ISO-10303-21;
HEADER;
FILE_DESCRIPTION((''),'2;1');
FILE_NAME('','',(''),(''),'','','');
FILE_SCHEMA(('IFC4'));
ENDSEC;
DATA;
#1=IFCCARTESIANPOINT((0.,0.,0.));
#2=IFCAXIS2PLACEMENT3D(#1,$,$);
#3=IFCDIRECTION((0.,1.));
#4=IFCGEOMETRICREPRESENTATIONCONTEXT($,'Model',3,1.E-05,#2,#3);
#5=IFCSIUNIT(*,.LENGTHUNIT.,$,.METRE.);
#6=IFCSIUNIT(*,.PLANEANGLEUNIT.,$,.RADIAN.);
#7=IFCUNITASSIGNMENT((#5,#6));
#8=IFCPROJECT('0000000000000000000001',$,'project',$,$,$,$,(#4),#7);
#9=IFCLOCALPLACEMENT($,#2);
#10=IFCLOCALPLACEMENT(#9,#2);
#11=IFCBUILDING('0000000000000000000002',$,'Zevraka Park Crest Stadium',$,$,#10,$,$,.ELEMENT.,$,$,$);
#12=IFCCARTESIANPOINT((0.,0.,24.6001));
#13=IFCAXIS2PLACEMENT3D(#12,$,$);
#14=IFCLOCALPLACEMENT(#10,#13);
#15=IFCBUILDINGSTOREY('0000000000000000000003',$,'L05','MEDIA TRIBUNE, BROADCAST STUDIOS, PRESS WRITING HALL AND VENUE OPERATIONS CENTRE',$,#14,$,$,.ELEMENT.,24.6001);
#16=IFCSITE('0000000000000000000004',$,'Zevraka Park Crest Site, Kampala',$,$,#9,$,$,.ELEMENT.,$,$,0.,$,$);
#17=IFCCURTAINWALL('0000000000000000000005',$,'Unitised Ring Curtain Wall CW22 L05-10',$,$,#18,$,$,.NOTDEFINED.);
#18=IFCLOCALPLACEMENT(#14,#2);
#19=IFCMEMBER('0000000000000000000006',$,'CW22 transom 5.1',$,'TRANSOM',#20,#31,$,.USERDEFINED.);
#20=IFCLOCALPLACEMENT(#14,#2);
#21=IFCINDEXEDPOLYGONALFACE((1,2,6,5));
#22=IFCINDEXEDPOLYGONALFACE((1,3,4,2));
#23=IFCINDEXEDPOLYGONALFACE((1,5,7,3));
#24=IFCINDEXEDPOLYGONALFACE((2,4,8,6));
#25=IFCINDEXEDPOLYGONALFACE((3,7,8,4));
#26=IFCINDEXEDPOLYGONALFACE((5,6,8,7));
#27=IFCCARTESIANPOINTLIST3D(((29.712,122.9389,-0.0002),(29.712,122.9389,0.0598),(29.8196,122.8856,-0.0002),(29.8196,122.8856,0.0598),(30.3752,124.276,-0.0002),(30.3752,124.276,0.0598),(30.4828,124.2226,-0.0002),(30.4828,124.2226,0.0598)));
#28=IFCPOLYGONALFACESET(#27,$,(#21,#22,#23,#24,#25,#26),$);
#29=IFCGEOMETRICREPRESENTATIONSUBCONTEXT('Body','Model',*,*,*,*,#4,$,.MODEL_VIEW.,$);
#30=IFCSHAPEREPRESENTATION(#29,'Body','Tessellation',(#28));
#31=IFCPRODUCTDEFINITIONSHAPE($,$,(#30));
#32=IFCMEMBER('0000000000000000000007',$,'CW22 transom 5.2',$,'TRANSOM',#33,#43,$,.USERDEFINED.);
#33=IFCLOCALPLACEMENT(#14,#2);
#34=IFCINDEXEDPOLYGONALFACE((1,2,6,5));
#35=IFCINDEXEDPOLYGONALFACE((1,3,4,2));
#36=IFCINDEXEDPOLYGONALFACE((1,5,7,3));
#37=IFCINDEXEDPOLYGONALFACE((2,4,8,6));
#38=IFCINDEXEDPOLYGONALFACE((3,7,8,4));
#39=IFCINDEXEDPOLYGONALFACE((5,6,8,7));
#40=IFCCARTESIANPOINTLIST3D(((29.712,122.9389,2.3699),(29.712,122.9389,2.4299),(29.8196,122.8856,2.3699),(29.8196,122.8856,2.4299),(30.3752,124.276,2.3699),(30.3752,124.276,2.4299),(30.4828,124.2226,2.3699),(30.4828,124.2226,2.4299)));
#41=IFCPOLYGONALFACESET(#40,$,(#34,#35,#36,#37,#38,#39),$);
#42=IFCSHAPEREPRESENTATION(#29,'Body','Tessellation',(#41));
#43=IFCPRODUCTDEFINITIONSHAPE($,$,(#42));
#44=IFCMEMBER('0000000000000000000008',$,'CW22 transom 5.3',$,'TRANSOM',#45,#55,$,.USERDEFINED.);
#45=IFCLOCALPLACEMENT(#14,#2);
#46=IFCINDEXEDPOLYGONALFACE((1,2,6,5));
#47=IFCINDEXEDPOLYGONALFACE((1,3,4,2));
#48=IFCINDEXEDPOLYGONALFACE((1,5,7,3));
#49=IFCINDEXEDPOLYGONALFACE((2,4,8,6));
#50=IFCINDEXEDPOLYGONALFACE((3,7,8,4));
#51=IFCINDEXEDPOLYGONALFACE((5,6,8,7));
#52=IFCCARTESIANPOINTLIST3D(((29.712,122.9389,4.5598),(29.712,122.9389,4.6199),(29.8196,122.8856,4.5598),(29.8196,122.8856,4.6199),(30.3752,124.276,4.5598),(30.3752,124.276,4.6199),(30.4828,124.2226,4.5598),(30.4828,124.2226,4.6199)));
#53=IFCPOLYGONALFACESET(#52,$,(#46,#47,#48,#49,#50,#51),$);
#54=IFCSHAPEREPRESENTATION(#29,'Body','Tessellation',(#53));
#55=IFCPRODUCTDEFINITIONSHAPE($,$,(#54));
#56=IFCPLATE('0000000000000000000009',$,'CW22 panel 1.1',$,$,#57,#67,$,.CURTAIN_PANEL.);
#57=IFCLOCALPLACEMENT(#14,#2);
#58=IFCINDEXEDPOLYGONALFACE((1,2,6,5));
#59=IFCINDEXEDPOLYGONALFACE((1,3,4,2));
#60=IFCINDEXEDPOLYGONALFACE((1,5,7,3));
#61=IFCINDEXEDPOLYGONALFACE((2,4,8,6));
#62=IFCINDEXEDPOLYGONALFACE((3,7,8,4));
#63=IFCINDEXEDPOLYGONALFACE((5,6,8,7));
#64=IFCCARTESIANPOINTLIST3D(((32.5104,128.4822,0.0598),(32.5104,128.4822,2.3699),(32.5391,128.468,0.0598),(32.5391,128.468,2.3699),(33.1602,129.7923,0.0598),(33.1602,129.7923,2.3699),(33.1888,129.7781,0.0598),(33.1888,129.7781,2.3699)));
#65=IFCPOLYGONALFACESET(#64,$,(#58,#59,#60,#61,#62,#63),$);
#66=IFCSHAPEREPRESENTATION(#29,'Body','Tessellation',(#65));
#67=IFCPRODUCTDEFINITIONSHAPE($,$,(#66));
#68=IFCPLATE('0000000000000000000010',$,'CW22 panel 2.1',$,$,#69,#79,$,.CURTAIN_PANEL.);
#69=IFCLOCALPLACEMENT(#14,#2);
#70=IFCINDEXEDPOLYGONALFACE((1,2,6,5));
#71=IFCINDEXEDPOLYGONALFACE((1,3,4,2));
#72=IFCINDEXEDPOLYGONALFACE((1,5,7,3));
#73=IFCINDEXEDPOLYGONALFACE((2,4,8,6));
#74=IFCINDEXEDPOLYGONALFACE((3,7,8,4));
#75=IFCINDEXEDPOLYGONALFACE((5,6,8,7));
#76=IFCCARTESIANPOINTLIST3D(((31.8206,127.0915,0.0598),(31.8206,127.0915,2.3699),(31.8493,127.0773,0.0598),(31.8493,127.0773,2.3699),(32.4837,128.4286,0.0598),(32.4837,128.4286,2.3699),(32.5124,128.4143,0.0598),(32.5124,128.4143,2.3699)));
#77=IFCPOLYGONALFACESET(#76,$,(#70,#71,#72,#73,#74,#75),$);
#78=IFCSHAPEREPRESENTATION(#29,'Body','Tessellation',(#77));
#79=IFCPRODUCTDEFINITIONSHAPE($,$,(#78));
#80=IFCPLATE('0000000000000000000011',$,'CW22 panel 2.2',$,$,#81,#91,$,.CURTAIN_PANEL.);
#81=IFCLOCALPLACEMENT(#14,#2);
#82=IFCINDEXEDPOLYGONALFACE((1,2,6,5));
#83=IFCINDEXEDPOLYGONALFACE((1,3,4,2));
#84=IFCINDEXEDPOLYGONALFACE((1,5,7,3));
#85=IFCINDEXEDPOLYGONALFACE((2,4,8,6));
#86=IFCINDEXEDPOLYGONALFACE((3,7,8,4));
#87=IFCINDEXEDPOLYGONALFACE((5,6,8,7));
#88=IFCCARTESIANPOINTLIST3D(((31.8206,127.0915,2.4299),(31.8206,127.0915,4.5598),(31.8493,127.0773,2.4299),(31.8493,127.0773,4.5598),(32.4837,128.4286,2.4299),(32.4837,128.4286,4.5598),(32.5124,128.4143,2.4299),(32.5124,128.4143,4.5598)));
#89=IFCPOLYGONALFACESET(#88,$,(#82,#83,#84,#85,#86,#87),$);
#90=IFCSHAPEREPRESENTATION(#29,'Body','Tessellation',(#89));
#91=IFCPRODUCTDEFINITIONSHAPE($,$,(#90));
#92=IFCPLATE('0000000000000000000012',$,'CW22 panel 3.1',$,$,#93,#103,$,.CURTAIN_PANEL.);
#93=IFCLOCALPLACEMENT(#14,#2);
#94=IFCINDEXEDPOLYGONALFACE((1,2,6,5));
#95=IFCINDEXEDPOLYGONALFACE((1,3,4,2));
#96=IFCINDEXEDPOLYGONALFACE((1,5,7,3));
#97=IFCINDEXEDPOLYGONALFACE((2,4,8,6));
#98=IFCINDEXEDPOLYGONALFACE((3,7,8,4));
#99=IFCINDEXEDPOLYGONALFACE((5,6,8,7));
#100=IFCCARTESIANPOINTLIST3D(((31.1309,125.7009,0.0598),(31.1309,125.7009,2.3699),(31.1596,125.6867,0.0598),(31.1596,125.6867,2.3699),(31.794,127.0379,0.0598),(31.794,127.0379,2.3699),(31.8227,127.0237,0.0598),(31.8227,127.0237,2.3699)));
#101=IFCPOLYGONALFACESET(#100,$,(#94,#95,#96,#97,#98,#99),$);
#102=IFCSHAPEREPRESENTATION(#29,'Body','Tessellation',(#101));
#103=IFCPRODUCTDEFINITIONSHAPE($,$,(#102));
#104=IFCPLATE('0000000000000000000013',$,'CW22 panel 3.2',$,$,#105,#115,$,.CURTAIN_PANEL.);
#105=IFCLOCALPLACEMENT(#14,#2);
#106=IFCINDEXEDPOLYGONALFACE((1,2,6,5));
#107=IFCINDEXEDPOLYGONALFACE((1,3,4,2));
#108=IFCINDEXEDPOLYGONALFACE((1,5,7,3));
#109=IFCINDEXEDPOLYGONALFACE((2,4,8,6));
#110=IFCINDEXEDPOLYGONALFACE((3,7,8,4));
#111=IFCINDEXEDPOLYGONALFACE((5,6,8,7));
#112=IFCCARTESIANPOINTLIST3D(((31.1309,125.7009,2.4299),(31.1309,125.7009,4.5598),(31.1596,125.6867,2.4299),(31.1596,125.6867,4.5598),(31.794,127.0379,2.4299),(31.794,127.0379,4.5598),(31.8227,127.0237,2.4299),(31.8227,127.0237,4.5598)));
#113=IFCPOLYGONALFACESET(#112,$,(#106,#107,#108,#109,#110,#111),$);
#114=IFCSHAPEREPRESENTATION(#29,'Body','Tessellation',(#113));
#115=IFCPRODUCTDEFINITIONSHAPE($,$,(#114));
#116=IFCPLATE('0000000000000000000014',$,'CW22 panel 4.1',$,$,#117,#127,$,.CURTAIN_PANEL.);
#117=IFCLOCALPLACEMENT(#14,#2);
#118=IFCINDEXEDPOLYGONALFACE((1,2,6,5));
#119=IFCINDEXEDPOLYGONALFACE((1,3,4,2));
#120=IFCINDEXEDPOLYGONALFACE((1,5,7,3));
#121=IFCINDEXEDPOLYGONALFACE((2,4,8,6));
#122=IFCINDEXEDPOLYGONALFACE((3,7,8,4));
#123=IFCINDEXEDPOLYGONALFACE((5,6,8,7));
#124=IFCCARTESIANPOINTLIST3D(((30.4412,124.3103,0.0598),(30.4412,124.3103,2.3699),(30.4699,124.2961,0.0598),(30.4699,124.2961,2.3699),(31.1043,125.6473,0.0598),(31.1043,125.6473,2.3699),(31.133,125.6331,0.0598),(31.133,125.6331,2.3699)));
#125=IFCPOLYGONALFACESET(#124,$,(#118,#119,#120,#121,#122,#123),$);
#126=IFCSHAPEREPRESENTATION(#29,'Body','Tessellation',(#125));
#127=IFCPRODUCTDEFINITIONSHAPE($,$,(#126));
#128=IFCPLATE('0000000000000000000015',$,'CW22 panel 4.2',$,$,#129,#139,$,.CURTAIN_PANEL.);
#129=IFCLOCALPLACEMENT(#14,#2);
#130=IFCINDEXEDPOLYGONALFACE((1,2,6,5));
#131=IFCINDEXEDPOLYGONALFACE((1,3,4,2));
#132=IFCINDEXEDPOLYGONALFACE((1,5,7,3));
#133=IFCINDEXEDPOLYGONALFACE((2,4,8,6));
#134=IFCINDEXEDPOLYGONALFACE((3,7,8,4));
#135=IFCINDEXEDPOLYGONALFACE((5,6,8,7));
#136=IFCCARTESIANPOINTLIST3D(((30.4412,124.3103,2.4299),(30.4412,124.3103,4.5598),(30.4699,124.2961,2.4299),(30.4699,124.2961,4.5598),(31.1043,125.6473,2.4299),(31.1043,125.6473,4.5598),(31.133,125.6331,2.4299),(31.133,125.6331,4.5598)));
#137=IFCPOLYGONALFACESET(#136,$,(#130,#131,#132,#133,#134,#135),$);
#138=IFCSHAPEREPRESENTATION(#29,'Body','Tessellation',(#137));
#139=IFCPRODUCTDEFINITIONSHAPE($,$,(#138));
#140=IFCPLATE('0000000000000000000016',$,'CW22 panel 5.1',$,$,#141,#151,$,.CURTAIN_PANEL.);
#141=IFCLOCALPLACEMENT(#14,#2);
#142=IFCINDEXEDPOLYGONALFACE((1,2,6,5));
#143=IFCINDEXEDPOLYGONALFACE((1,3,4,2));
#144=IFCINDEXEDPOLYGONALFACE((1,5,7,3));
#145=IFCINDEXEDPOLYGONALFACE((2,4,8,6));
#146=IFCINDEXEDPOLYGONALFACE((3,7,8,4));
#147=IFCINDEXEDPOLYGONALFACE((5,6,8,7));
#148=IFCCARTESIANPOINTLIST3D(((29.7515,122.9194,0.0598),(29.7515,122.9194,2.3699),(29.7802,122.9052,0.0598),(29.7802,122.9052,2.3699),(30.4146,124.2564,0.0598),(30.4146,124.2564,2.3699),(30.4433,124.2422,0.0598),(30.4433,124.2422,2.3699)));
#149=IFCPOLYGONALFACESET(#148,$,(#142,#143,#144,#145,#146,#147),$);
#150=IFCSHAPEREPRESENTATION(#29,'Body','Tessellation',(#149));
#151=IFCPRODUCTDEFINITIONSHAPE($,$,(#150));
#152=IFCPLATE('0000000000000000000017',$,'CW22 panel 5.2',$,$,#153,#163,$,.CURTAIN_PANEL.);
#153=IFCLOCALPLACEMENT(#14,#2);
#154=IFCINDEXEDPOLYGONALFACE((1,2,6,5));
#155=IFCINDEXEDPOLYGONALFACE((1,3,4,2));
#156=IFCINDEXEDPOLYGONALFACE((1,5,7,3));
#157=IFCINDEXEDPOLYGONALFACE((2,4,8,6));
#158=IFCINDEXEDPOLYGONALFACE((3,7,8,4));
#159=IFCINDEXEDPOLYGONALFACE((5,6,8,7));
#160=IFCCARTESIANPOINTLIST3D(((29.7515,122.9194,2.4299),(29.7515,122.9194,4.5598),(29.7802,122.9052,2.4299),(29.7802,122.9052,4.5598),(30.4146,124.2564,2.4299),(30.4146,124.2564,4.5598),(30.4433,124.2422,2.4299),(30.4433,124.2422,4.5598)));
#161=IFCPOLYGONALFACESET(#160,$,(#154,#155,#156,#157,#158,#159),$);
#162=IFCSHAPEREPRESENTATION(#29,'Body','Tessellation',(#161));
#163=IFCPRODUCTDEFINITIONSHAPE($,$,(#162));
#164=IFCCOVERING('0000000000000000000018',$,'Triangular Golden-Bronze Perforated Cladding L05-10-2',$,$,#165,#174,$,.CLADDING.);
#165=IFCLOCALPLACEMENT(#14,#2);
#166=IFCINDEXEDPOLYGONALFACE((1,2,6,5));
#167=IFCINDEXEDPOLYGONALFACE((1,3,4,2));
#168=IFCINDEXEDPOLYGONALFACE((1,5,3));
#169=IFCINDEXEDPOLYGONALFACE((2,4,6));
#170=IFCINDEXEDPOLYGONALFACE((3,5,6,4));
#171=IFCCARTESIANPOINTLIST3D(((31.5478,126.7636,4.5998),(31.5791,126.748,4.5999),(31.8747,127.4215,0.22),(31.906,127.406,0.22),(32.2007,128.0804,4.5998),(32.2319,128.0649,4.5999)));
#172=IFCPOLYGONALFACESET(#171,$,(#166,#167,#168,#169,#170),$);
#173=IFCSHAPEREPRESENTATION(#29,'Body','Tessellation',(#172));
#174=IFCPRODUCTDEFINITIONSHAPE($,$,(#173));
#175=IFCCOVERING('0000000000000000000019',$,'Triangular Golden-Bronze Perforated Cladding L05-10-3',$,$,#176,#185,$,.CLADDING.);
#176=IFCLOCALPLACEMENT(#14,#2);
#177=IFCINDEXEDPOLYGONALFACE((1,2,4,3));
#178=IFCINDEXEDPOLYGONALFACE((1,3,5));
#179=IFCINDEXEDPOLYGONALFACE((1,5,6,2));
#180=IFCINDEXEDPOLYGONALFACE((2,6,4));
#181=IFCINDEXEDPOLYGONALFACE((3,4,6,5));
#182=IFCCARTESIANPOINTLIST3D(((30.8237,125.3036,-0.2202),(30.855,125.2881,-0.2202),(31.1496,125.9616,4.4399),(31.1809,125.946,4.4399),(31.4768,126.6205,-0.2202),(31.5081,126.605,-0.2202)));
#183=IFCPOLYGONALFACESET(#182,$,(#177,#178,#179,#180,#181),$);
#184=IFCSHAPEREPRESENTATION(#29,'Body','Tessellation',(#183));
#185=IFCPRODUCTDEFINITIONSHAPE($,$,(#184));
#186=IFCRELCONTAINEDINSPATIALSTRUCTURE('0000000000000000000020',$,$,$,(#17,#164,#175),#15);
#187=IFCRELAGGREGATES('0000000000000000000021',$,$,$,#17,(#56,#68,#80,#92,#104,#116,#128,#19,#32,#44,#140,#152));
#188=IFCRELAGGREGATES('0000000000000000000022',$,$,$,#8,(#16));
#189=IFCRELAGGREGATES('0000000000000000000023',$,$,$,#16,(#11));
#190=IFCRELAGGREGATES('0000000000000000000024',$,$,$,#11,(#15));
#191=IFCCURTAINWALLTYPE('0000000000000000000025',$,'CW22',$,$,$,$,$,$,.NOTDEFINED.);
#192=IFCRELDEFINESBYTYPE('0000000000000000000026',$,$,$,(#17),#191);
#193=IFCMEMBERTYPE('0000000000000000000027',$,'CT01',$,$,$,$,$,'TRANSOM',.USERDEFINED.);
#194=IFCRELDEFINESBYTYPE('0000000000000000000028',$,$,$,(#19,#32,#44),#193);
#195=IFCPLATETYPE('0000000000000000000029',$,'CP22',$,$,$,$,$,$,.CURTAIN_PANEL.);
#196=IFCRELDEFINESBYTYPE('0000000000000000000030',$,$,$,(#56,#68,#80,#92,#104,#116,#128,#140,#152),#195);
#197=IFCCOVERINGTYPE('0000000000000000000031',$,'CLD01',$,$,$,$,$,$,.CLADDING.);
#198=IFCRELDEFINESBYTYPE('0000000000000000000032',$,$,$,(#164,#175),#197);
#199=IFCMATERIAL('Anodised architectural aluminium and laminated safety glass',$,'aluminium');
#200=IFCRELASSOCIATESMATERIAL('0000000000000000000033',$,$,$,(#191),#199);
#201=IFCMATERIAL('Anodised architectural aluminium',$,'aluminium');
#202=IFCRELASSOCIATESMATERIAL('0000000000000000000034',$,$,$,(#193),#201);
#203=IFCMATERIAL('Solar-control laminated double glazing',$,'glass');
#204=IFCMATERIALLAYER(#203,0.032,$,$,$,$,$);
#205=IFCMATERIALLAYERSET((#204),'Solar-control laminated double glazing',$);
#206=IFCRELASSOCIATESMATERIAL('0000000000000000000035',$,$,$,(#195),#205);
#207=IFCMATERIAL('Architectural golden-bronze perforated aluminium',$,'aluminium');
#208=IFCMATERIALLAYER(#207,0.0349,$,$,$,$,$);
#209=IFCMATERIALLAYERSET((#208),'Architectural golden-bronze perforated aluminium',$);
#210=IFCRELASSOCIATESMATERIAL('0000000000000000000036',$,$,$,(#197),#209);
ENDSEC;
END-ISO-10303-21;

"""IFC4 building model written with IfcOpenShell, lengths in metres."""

from ifc_helpers import new_model, si_unit, direction, frame, origin, origin_2d, place, context, subcontext, project, spatial, polyline, rectangle, outline, extrude, material, layer, layer_set, material_profile, profile_set, type_object, element, aggregate, save


model = new_model("IFC4")

# Units and contexts
model_context = context("Model", 3, precision=1e-05, world=origin(), true_north=direction((0.0, 1.0)))
body_context = subcontext(model_context, "Body", "Model", "MODEL_VIEW")
ifc_project = project(units=[si_unit("LENGTHUNIT", "METRE"), si_unit("PLANEANGLEUNIT", "RADIAN")], contexts=[model_context])

# Site, building, storey
site_placement = place(None, origin())
site = spatial("IfcSite", under=ifc_project, at=site_placement, Name="Zevraka Park Crest Site, Kampala", CompositionType="ELEMENT", RefElevation=0.0)
building_placement = place(site_placement, origin())
building = spatial("IfcBuilding", under=site, at=building_placement, Name="Zevraka Park Crest Stadium", CompositionType="ELEMENT")
storey_placement = place(building_placement, frame((0.0, 0.0, 24.6001)))
storey = spatial("IfcBuildingStorey", under=building, at=storey_placement, Name="L05", Description="MEDIA TRIBUNE, BROADCAST STUDIOS, PRESS WRITING HALL AND VENUE OPERATIONS CENTRE", CompositionType="ELEMENT", Elevation=24.6001)

# Curtain wall, members, plates
ifc_material_1 = material(Name="Anodised architectural aluminium and laminated safety glass", Category="aluminium")
curtain_wall_type = type_object("IfcCurtainWallType", Name="CW22", PredefinedType="NOTDEFINED", material=ifc_material_1)
curtain_wall_placement = place(storey_placement, origin())
curtain_wall = element("IfcCurtainWall", 1, at=curtain_wall_placement, inside=storey, type_object=curtain_wall_type, Name="Unitised Ring Curtain Wall CW22 L05-10", PredefinedType="NOTDEFINED")
ifc_material_2 = material(Name="Anodised architectural aluminium", Category="aluminium")
ifc_material_profile_1 = material_profile(ifc_material_2, rectangle(XDim=0.1201, YDim=0.0601, at=origin_2d()), Name="ALU TRANSOM 120x60")
ifc_profile_set_1 = profile_set([ifc_material_profile_1], Name="Anodised architectural aluminium")
member_type_1 = type_object("IfcMemberType", Name="CT01", ElementType="TRANSOM", PredefinedType="USERDEFINED", material=ifc_profile_set_1)
member_1_placement = place(storey_placement, frame((30.429, 124.2493, 0.0298), z_axis=(-0.444332, -0.895862, 0.0), x_axis=(0.895862, -0.444332, 0.0)))
member_1 = element("IfcMember", 2, at=member_1_placement, type_object=member_type_1, Name="CW22 transom 5.1", ObjectType="TRANSOM", PredefinedType="USERDEFINED", context=body_context, shape_type="SweptSolid", body=[
    extrude(rectangle(XDim=0.1201, YDim=0.0601, at=origin_2d()), origin(), (0.0, 0.0, 1.0), 1.4924),
])
member_2_placement = place(storey_placement, frame((30.429, 124.2493, 2.3999), z_axis=(-0.444332, -0.895862, 0.0), x_axis=(0.895862, -0.444332, 0.0)))
member_2 = element("IfcMember", 3, at=member_2_placement, type_object=member_type_1, Name="CW22 transom 5.2", ObjectType="TRANSOM", PredefinedType="USERDEFINED", context=body_context, shape_type="SweptSolid", body=[
    extrude(rectangle(XDim=0.1201, YDim=0.0601, at=origin_2d()), origin(), (0.0, 0.0, 1.0), 1.4924),
])
member_3_placement = place(storey_placement, frame((30.429, 124.2493, 4.5898), z_axis=(-0.444332, -0.895862, 0.0), x_axis=(0.895862, -0.444332, 0.0)))
member_3 = element("IfcMember", 4, at=member_3_placement, type_object=member_type_1, Name="CW22 transom 5.3", ObjectType="TRANSOM", PredefinedType="USERDEFINED", context=body_context, shape_type="SweptSolid", body=[
    extrude(rectangle(XDim=0.1201, YDim=0.0601, at=origin_2d()), origin(), (0.0, 0.0, 1.0), 1.4924),
])
ifc_material_3 = material(Name="Solar-control laminated double glazing", Category="glass")
ifc_layer_1 = layer(ifc_material_3, 0.032)
ifc_layer_set_1 = layer_set([ifc_layer_1], Name="Solar-control laminated double glazing")
plate_type = type_object("IfcPlateType", Name="CP22", PredefinedType="CURTAIN_PANEL", material=ifc_layer_set_1)
plate_1_placement = place(storey_placement, frame((32.8496, 129.1301, 0.0598), z_axis=(0.0, 0.0, 1.0), x_axis=(-0.444297, -0.895879, 0.0)))
plate_1 = element("IfcPlate", 5, at=plate_1_placement, type_object=plate_type, Name="CW22 panel 1.1", PredefinedType="CURTAIN_PANEL", context=body_context, shape_type="SweptSolid", body=[
    extrude(rectangle(XDim=1.4624, YDim=0.032, at=origin_2d()), origin(), (0.0, 0.0, 1.0), 2.3101),
])
plate_2_placement = place(storey_placement, frame((32.1665, 127.7529, 0.0598), z_axis=(0.0, 0.0, 1.0), x_axis=(-0.444297, -0.895879, 0.0)))
plate_2 = element("IfcPlate", 6, at=plate_2_placement, type_object=plate_type, Name="CW22 panel 2.1", PredefinedType="CURTAIN_PANEL", context=body_context, shape_type="SweptSolid", body=[
    extrude(rectangle(XDim=1.4924, YDim=0.032, at=origin_2d()), origin(), (0.0, 0.0, 1.0), 2.3101),
])
plate_3_placement = place(storey_placement, frame((32.1665, 127.7529, 2.4299), z_axis=(0.0, 0.0, 1.0), x_axis=(-0.444297, -0.895879, 0.0)))
plate_3 = element("IfcPlate", 7, at=plate_3_placement, type_object=plate_type, Name="CW22 panel 2.2", PredefinedType="CURTAIN_PANEL", context=body_context, shape_type="SweptSolid", body=[
    extrude(rectangle(XDim=1.4924, YDim=0.032, at=origin_2d()), origin(), (0.0, 0.0, 1.0), 2.1299),
])
plate_4_placement = place(storey_placement, frame((31.4768, 126.3623, 0.0598), z_axis=(0.0, 0.0, 1.0), x_axis=(-0.444297, -0.895879, 0.0)))
plate_4 = element("IfcPlate", 8, at=plate_4_placement, type_object=plate_type, Name="CW22 panel 3.1", PredefinedType="CURTAIN_PANEL", context=body_context, shape_type="SweptSolid", body=[
    extrude(rectangle(XDim=1.4924, YDim=0.032, at=origin_2d()), origin(), (0.0, 0.0, 1.0), 2.3101),
])
plate_5_placement = place(storey_placement, frame((31.4768, 126.3623, 2.4299), z_axis=(0.0, 0.0, 1.0), x_axis=(-0.444297, -0.895879, 0.0)))
plate_5 = element("IfcPlate", 9, at=plate_5_placement, type_object=plate_type, Name="CW22 panel 3.2", PredefinedType="CURTAIN_PANEL", context=body_context, shape_type="SweptSolid", body=[
    extrude(rectangle(XDim=1.4924, YDim=0.032, at=origin_2d()), origin(), (0.0, 0.0, 1.0), 2.1299),
])
plate_6_placement = place(storey_placement, frame((30.7871, 124.9717, 0.0598), z_axis=(0.0, 0.0, 1.0), x_axis=(-0.444297, -0.895879, 0.0)))
plate_6 = element("IfcPlate", 10, at=plate_6_placement, type_object=plate_type, Name="CW22 panel 4.1", PredefinedType="CURTAIN_PANEL", context=body_context, shape_type="SweptSolid", body=[
    extrude(rectangle(XDim=1.4924, YDim=0.032, at=origin_2d()), origin(), (0.0, 0.0, 1.0), 2.3101),
])
plate_7_placement = place(storey_placement, frame((30.7871, 124.9717, 2.4299), z_axis=(0.0, 0.0, 1.0), x_axis=(-0.444297, -0.895879, 0.0)))
plate_7 = element("IfcPlate", 11, at=plate_7_placement, type_object=plate_type, Name="CW22 panel 4.2", PredefinedType="CURTAIN_PANEL", context=body_context, shape_type="SweptSolid", body=[
    extrude(rectangle(XDim=1.4924, YDim=0.032, at=origin_2d()), origin(), (0.0, 0.0, 1.0), 2.1299),
])
plate_8_placement = place(storey_placement, frame((30.0974, 123.5808, 0.0598), z_axis=(0.0, 0.0, 1.0), x_axis=(-0.444297, -0.895879, 0.0)))
plate_8 = element("IfcPlate", 12, at=plate_8_placement, type_object=plate_type, Name="CW22 panel 5.1", PredefinedType="CURTAIN_PANEL", context=body_context, shape_type="SweptSolid", body=[
    extrude(rectangle(XDim=1.4924, YDim=0.032, at=origin_2d()), origin(), (0.0, 0.0, 1.0), 2.3101),
])
plate_9_placement = place(storey_placement, frame((30.0974, 123.5808, 2.4299), z_axis=(0.0, 0.0, 1.0), x_axis=(-0.444297, -0.895879, 0.0)))
plate_9 = element("IfcPlate", 13, at=plate_9_placement, type_object=plate_type, Name="CW22 panel 5.2", PredefinedType="CURTAIN_PANEL", context=body_context, shape_type="SweptSolid", body=[
    extrude(rectangle(XDim=1.4924, YDim=0.032, at=origin_2d()), origin(), (0.0, 0.0, 1.0), 2.1299),
])
aggregate(curtain_wall, [plate_1, plate_2, plate_3, plate_4, plate_5, plate_6, plate_7, member_1, member_2, member_3, plate_8, plate_9])

# Coverings
ifc_material_4 = material(Name="Architectural golden-bronze perforated aluminium", Category="aluminium")
ifc_layer_2 = layer(ifc_material_4, 0.0349)
ifc_layer_set_2 = layer_set([ifc_layer_2], Name="Architectural golden-bronze perforated aluminium")
covering_type = type_object("IfcCoveringType", Name="CLD01", PredefinedType="CLADDING", material=ifc_layer_set_2)
covering_1_placement = place(storey_placement, frame((31.5791, 126.748, 4.5999), z_axis=(0.89595, -0.444155, 0.000149), x_axis=(0.444155, 0.89595, 0.0)))
element("IfcCovering", 14, at=covering_1_placement, inside=storey, type_object=covering_type, Name="Triangular Golden-Bronze Perforated Cladding L05-10-2", PredefinedType="CLADDING", context=body_context, shape_type="SweptSolid", body=[
    extrude(outline(polyline([(0.0, 0.0), (1.4698, 0.0), (0.7347, -4.3799), (0.0, 0.0)])), origin(), (0.0, 0.0, -1.0), 0.0349),
])
covering_2_placement = place(storey_placement, frame((31.5081, 126.605, -0.2202), z_axis=(0.895884, -0.444288, 0.000071), x_axis=(-0.444288, -0.895884, 0.0)))
element("IfcCovering", 15, at=covering_2_placement, inside=storey, type_object=covering_type, Name="Triangular Golden-Bronze Perforated Cladding L05-10-3", PredefinedType="CLADDING", context=body_context, shape_type="SweptSolid", body=[
    extrude(outline(polyline([(0.0, 0.0), (1.4699, 0.0), (0.7357, -4.6602), (0.0, 0.0)])), origin(), (0.0, 0.0, -1.0), 0.0349),
])

save(model, "model.ifc")
